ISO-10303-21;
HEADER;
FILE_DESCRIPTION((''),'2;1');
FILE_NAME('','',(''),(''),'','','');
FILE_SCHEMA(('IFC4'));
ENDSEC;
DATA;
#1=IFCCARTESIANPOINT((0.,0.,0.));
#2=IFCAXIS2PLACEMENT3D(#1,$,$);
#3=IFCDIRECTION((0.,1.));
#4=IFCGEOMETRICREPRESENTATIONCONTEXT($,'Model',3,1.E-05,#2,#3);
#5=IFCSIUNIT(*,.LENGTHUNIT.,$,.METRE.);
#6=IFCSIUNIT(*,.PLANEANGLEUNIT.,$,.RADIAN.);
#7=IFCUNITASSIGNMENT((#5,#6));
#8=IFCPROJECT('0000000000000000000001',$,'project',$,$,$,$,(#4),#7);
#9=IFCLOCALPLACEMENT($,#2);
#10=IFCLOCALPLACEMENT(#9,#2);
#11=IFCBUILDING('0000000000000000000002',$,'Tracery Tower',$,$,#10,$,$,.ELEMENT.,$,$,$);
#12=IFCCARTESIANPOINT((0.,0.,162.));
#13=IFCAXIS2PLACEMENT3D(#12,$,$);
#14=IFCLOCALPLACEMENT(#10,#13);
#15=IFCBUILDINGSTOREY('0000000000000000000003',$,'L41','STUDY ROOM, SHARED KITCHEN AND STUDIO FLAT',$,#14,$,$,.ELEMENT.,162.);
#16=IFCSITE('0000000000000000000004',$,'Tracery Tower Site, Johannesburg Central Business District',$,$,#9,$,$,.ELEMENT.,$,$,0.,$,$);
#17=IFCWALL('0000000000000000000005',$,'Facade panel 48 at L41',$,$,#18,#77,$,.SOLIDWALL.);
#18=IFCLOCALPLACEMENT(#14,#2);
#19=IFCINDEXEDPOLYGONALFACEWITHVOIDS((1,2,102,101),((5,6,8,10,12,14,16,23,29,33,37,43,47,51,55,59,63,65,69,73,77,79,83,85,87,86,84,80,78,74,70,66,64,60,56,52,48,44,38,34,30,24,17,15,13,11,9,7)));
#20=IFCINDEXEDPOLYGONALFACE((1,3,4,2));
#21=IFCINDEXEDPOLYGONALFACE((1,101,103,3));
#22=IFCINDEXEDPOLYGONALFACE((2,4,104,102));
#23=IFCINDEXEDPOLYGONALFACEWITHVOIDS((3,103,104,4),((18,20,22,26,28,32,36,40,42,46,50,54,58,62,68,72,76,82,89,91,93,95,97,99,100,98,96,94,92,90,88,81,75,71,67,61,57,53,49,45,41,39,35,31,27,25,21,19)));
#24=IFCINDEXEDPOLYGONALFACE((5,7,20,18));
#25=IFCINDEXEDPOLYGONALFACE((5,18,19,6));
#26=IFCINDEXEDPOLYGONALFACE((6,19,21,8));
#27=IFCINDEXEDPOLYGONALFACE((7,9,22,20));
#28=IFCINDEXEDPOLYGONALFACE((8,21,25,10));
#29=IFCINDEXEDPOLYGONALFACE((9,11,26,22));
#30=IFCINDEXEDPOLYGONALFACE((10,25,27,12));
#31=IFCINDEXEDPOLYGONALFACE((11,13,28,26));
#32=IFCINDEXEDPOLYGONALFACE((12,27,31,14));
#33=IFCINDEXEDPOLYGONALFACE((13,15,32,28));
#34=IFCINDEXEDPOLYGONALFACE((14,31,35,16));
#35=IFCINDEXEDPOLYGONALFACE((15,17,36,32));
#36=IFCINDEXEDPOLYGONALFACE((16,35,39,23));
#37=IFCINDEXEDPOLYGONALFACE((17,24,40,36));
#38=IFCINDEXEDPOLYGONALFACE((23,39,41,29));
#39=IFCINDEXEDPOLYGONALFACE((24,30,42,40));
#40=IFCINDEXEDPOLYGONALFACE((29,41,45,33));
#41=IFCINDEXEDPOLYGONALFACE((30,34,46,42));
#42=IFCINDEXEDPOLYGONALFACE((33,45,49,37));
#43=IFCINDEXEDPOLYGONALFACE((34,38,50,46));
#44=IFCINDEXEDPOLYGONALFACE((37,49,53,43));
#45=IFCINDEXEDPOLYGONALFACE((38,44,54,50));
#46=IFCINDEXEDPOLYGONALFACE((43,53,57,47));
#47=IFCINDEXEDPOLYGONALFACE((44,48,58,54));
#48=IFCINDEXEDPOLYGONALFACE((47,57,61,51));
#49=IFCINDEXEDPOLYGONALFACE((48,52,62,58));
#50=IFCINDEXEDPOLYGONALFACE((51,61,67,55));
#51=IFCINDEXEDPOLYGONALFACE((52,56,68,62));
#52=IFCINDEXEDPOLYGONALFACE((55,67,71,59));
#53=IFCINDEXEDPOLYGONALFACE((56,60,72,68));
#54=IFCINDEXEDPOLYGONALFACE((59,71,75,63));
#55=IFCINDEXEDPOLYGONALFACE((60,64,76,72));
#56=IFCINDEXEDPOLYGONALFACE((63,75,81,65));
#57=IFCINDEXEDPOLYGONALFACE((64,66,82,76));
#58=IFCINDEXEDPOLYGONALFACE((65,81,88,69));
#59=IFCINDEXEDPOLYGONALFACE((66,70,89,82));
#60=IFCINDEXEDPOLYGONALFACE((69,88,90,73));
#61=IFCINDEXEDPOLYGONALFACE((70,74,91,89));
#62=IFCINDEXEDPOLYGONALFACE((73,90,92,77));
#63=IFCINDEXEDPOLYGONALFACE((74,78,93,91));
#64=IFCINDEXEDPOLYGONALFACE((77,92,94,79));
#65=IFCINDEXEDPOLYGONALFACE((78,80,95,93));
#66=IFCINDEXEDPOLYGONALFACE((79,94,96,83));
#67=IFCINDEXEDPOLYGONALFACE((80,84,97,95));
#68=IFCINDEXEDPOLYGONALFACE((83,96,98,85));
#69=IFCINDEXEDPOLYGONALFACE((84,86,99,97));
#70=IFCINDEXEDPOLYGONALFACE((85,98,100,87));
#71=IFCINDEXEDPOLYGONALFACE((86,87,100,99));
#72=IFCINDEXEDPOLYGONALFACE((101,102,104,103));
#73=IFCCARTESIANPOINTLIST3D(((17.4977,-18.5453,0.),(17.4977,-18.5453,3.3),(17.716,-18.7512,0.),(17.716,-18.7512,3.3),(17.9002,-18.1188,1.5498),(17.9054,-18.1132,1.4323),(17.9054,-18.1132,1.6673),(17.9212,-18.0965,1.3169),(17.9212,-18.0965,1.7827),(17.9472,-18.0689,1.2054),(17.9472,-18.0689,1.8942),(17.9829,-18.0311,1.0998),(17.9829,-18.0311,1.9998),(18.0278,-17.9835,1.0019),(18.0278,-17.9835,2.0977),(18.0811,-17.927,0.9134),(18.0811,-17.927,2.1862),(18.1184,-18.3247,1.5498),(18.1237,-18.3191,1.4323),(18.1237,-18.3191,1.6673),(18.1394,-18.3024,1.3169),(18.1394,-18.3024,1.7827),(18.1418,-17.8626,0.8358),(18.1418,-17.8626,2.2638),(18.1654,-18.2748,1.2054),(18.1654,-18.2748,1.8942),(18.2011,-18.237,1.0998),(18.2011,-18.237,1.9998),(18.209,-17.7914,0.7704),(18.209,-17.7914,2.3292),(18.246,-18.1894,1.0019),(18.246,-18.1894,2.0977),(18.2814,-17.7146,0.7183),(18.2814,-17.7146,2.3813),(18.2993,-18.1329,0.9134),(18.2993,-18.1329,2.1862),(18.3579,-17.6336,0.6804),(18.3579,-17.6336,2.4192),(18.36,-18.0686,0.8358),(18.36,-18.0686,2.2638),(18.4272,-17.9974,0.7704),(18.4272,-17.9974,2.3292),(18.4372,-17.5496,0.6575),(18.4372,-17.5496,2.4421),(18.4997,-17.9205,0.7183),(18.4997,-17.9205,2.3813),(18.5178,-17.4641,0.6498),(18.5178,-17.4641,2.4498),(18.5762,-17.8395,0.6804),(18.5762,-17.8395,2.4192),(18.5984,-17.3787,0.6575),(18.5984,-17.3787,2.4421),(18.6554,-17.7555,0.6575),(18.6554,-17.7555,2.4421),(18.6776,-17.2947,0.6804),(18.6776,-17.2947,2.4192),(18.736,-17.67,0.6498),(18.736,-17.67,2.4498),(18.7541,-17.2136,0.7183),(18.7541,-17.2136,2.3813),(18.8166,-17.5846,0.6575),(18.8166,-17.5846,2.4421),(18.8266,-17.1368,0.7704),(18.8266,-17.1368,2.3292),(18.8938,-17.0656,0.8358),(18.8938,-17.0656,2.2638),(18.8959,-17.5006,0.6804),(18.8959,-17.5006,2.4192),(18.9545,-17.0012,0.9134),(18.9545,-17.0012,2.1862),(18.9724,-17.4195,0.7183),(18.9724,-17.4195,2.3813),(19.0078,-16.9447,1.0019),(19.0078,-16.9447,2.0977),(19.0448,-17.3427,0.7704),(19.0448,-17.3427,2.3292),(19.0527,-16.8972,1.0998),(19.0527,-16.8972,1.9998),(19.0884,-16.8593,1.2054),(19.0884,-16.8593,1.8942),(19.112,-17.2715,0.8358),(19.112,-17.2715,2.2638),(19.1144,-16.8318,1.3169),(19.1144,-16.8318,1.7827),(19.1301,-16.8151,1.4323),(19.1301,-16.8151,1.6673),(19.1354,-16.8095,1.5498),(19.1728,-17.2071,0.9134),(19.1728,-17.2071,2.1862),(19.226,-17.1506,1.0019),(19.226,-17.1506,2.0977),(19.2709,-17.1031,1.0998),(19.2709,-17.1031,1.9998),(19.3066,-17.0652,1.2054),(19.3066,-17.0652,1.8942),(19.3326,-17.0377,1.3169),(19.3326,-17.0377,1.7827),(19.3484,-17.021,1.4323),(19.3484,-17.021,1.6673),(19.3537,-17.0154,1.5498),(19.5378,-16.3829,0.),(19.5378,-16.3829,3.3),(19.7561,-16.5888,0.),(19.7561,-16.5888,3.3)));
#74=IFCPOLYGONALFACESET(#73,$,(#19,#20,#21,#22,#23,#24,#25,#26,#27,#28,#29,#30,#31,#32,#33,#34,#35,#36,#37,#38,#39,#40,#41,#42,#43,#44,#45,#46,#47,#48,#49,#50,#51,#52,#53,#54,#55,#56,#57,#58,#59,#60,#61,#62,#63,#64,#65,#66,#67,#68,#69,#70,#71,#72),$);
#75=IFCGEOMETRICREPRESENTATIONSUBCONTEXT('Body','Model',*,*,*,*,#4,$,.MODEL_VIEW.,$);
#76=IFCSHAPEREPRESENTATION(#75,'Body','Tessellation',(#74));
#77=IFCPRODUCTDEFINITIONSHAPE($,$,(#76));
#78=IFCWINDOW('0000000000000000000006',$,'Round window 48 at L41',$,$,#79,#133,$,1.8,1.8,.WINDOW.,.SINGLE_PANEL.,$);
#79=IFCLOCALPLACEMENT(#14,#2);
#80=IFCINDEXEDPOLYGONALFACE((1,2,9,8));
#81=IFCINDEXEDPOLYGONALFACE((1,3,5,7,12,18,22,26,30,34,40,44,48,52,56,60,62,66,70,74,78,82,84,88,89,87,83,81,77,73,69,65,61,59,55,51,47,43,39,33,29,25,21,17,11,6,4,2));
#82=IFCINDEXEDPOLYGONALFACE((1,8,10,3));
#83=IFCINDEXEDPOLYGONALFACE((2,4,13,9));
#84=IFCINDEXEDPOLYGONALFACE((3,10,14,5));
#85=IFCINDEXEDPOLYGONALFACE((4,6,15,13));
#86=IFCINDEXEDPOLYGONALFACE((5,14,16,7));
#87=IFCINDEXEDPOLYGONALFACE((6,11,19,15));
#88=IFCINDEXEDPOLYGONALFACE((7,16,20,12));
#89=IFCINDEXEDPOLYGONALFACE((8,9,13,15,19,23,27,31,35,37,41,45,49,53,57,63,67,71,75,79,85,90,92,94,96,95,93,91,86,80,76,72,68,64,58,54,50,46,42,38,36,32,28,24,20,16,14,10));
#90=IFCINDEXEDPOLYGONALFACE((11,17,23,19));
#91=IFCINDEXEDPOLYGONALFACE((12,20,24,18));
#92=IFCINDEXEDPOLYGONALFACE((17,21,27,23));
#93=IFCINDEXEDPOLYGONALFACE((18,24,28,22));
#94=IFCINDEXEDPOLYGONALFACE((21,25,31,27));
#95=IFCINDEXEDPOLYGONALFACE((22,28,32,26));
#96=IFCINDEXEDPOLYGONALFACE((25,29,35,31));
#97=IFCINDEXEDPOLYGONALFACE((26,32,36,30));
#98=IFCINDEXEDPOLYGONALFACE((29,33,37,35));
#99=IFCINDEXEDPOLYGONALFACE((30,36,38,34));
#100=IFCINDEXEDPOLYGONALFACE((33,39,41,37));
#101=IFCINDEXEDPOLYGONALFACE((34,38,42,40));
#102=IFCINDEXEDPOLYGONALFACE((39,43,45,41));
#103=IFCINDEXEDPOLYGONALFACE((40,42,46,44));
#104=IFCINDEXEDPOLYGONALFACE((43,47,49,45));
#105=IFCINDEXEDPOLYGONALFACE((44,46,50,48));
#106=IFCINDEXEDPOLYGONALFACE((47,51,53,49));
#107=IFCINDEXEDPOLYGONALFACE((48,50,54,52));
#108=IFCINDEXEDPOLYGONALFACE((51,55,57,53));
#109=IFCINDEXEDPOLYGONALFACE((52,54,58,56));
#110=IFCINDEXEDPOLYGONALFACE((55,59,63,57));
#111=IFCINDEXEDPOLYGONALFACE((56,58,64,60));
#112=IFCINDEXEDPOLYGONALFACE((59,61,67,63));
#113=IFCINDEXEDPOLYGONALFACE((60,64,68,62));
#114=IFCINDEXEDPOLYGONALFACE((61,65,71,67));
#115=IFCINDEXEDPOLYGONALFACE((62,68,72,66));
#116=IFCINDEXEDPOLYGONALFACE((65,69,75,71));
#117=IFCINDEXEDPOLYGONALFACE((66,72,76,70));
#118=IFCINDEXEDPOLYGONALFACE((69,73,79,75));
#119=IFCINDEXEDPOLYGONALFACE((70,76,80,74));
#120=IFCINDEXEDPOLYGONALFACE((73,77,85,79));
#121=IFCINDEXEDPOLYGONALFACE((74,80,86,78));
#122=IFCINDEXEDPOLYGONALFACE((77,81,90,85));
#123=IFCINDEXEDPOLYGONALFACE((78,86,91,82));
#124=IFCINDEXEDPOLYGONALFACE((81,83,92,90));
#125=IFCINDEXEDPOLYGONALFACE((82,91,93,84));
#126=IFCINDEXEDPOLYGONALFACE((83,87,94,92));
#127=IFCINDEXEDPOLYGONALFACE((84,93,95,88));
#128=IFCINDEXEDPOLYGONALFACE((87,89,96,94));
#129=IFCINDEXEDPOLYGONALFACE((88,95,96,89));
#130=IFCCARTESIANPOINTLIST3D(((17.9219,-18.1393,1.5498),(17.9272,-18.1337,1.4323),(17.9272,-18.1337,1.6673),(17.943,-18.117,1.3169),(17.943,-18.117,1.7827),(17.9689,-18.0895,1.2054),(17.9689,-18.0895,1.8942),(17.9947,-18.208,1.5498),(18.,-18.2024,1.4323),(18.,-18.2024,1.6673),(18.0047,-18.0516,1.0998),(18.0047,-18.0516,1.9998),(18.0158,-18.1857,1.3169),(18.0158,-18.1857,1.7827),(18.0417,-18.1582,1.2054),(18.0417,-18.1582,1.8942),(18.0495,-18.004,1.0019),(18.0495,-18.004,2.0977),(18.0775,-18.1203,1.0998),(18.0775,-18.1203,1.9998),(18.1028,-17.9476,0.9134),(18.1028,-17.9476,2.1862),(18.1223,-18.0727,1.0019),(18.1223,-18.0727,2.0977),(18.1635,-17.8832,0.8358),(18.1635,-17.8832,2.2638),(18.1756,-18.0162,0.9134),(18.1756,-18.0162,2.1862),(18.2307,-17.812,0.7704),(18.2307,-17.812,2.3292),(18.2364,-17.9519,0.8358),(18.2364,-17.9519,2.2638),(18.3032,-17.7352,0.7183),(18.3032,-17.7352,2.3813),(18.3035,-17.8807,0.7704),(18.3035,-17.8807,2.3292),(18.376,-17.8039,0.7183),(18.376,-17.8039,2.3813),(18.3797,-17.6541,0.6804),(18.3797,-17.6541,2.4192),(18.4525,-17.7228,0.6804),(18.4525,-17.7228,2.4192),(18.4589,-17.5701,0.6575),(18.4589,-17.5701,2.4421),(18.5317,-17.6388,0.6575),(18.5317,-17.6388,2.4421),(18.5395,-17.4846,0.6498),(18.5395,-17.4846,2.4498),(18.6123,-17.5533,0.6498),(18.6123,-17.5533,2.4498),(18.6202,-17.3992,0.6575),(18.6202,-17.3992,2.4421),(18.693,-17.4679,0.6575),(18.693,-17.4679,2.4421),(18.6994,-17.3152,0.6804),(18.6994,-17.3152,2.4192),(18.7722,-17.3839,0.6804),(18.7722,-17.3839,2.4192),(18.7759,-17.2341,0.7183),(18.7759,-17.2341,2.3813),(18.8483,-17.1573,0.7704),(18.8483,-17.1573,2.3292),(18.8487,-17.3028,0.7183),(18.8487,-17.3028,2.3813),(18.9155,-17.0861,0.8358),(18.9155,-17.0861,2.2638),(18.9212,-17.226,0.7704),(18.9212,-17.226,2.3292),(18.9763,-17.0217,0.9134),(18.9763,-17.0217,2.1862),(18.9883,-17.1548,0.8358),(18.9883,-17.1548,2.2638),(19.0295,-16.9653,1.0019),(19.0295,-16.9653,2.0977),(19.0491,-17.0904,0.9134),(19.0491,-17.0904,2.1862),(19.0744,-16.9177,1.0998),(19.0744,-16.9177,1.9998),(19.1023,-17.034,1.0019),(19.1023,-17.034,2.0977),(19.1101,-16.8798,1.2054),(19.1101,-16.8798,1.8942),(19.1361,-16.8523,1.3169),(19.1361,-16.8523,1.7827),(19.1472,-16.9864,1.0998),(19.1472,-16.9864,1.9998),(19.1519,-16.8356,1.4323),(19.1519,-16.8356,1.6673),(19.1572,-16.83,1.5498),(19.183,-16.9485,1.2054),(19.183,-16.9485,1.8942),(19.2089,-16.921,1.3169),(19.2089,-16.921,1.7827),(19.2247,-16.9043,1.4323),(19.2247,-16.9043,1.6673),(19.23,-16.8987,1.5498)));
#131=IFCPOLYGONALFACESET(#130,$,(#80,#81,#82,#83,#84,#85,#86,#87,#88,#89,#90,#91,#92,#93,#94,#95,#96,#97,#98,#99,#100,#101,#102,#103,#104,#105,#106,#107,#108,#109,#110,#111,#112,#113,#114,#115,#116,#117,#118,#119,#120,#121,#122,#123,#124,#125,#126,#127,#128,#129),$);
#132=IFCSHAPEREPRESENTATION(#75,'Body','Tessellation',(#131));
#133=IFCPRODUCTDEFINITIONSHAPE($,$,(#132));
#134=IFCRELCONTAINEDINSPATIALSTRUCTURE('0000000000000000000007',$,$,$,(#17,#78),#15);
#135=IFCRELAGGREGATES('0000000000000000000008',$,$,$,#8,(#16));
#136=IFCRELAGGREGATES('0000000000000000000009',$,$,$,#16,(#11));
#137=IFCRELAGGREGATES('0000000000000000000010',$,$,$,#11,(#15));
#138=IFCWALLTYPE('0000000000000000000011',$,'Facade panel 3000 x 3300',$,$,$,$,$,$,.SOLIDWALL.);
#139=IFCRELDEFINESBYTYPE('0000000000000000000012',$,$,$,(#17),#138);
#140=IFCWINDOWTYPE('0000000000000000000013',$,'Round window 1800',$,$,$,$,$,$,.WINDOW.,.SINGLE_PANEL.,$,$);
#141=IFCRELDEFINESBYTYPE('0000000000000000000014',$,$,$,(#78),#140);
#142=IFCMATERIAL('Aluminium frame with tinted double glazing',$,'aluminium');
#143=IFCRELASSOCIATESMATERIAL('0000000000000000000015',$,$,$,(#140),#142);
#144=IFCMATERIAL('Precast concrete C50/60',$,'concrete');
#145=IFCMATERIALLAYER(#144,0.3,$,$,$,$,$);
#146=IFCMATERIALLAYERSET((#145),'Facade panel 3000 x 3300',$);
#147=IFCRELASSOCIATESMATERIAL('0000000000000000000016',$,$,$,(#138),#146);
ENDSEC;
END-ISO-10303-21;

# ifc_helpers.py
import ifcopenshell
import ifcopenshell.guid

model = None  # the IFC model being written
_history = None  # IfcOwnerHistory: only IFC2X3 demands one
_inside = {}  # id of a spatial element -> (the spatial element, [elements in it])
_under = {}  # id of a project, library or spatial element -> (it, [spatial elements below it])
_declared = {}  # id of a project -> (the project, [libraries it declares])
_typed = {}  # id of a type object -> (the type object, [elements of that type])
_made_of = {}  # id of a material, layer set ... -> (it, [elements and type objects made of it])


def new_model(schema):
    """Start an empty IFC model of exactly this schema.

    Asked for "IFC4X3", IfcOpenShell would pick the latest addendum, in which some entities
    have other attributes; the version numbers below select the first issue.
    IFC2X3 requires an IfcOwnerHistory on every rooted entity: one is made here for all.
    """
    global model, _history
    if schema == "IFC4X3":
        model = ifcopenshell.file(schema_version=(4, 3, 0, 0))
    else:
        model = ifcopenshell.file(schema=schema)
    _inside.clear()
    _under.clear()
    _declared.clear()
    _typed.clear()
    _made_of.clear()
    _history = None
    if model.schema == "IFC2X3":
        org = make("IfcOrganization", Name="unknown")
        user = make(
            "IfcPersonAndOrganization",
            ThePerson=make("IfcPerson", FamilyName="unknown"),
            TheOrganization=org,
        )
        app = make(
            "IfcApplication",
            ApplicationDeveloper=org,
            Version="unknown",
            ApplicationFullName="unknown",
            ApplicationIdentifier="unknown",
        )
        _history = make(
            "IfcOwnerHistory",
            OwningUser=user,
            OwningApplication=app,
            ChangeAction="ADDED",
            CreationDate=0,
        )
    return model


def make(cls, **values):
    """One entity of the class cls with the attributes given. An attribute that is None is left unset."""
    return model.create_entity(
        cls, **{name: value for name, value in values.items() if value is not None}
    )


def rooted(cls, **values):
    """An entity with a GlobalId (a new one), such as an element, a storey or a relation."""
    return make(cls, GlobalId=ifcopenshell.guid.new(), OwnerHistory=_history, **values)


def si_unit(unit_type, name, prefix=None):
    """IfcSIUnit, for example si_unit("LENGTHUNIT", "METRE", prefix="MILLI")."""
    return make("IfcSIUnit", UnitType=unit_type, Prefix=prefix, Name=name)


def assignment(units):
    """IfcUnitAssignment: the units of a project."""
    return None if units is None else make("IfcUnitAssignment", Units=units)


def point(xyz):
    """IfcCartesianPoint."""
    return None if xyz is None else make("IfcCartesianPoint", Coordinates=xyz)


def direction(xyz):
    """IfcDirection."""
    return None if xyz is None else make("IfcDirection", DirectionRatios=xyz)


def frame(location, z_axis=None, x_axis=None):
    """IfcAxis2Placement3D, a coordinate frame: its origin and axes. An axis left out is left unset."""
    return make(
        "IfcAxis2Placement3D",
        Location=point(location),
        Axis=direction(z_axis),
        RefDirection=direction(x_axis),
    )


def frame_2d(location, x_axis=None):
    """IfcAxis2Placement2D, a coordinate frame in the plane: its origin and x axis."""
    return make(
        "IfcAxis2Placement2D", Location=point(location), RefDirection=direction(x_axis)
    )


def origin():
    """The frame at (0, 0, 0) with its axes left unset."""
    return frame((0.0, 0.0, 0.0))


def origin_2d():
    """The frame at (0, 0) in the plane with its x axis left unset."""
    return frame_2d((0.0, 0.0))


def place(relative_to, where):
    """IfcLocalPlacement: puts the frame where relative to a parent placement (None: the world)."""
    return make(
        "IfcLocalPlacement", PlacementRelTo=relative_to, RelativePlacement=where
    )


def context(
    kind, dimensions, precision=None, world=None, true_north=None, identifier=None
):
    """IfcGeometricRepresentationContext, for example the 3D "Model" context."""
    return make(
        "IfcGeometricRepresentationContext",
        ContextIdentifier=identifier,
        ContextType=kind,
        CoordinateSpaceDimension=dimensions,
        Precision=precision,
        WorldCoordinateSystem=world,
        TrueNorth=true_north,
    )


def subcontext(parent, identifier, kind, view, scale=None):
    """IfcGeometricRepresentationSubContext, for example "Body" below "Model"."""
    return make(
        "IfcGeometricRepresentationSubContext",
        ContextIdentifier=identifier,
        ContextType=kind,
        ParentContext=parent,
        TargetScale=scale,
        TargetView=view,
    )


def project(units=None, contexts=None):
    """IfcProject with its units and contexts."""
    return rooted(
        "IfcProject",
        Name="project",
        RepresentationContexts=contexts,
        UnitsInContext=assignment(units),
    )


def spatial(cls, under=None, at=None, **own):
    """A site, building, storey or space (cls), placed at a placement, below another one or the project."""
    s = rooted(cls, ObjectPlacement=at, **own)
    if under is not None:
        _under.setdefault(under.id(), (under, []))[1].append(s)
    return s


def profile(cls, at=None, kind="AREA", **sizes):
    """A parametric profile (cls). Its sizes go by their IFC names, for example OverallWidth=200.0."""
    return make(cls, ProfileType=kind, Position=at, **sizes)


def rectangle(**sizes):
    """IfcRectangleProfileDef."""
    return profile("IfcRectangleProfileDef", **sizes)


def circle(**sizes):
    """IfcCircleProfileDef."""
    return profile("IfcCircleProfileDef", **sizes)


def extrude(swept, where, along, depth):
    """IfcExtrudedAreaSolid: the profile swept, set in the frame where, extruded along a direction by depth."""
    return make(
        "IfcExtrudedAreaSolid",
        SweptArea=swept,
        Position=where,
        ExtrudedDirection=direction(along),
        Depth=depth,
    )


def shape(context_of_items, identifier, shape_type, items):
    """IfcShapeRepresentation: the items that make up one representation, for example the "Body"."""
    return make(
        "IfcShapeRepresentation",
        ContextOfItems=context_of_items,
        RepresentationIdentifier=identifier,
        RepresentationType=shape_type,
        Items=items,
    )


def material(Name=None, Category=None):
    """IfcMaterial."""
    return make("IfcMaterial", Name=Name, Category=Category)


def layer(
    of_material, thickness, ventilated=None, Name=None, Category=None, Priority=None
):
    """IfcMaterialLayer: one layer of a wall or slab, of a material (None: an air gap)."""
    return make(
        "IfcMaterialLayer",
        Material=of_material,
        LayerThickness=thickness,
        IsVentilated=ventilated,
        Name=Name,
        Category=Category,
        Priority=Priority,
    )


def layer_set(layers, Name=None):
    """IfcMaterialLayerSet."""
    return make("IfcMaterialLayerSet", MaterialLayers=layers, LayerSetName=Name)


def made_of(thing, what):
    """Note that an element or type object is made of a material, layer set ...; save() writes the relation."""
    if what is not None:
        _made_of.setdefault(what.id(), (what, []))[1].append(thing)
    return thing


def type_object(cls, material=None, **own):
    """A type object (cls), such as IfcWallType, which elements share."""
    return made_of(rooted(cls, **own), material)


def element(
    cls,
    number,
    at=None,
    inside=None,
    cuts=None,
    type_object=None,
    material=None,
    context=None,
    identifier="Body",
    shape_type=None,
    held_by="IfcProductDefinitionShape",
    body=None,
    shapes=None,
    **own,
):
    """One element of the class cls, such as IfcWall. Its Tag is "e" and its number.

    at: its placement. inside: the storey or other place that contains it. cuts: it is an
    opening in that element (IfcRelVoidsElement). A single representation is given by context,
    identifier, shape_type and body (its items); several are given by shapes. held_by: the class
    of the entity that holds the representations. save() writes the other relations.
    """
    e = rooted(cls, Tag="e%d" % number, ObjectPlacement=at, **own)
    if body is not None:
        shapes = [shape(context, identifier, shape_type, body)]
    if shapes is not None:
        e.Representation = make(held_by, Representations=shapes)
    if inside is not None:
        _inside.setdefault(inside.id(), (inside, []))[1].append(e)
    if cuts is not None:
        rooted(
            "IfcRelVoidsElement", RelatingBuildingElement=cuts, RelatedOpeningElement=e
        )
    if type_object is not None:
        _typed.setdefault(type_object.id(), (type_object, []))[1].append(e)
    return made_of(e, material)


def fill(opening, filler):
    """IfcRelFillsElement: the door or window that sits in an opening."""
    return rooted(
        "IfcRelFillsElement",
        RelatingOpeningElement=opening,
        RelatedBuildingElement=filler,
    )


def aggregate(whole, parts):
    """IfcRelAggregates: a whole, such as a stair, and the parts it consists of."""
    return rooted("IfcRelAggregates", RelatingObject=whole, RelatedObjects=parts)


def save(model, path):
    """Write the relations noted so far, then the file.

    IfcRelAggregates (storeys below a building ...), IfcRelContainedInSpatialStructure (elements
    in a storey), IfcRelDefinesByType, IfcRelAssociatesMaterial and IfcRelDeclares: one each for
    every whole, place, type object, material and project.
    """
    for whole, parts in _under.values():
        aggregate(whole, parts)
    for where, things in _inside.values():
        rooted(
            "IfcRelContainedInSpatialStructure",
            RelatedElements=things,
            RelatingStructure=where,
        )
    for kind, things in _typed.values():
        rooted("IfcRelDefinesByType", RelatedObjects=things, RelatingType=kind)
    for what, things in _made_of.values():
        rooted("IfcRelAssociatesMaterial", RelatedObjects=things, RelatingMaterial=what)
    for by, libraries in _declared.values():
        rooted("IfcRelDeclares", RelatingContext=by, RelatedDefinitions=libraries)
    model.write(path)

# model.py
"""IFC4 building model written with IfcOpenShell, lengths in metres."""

from ifc_helpers import new_model, si_unit, direction, frame, frame_2d, origin, origin_2d, place, context, subcontext, project, spatial, rectangle, circle, extrude, material, layer, layer_set, type_object, element, fill, save


model = new_model("IFC4")

# Units and contexts
model_context = context("Model", 3, precision=1e-05, world=origin(), true_north=direction((0.0, 1.0)))
body_context = subcontext(model_context, "Body", "Model", "MODEL_VIEW")
ifc_project = project(units=[si_unit("LENGTHUNIT", "METRE"), si_unit("PLANEANGLEUNIT", "RADIAN")], contexts=[model_context])

# Site, building, storey
site_placement = place(None, origin())
site = spatial("IfcSite", under=ifc_project, at=site_placement, Name="Tracery Tower Site, Johannesburg Central Business District", CompositionType="ELEMENT", RefElevation=0.0)
building_placement = place(site_placement, origin())
building = spatial("IfcBuilding", under=site, at=building_placement, Name="Tracery Tower", CompositionType="ELEMENT")
storey_placement = place(building_placement, frame((0.0, 0.0, 162.0)))
storey = spatial("IfcBuildingStorey", under=building, at=storey_placement, Name="L41", Description="STUDY ROOM, SHARED KITCHEN AND STUDIO FLAT", CompositionType="ELEMENT", Elevation=162.0)

# Wall, opening, window
ifc_material_1 = material(Name="Aluminium frame with tinted double glazing", Category="aluminium")
window_type = type_object("IfcWindowType", Name="Round window 1800", PartitioningType="SINGLE_PANEL", PredefinedType="WINDOW", material=ifc_material_1)
ifc_material_2 = material(Name="Precast concrete C50/60", Category="concrete")
ifc_layer_1 = layer(ifc_material_2, 0.3)
ifc_layer_set_1 = layer_set([ifc_layer_1], Name="Facade panel 3000 x 3300")
wall_type_1 = type_object("IfcWallType", Name="Facade panel 3000 x 3300", PredefinedType="SOLIDWALL", material=ifc_layer_set_1)
wall_1_placement = place(storey_placement, frame((17.6069, -18.6482, 0.0), z_axis=(0.0, 0.0, 1.0), x_axis=(0.686235, 0.72738, 0.0)))
wall_1 = element("IfcWall", 1, at=wall_1_placement, inside=storey, type_object=wall_type_1, Name="Facade panel 48 at L41", PredefinedType="SOLIDWALL", context=body_context, shape_type="SweptSolid", body=[
    extrude(rectangle(XDim=2.9729, YDim=0.3, at=frame_2d((1.4863, 0.0))), origin(), (0.0, 0.0, 1.0), 3.3),
])
opening_1_placement = place(wall_1_placement, frame((1.4863, 0.0, 1.5498)))
opening_1 = element("IfcOpeningElement", 2, at=opening_1_placement, cuts=wall_1, PredefinedType="OPENING", context=body_context, shape_type="SweptSolid", body=[
    extrude(circle(Radius=0.9, at=origin_2d()), frame((0.0, 0.1599, 0.0), z_axis=(0.0, -1.0, 0.0), x_axis=(1.0, 0.0, 0.0)), (0.0, 0.0, 1.0), 0.3201),
])
window_1_placement = place(opening_1_placement, origin())
window_1 = element("IfcWindow", 3, at=window_1_placement, inside=storey, type_object=window_type, Name="Round window 48 at L41", OverallHeight=1.8, OverallWidth=1.8, PartitioningType="SINGLE_PANEL", PredefinedType="WINDOW", context=body_context, shape_type="SweptSolid", body=[
    extrude(circle(Radius=0.9, at=origin_2d()), frame((0.0, 0.1201, 0.0), z_axis=(0.0, -1.0, 0.0), x_axis=(1.0, 0.0, 0.0)), (0.0, 0.0, 1.0), 0.1001),
])
fill(opening_1, window_1)

save(model, "model.ifc")
